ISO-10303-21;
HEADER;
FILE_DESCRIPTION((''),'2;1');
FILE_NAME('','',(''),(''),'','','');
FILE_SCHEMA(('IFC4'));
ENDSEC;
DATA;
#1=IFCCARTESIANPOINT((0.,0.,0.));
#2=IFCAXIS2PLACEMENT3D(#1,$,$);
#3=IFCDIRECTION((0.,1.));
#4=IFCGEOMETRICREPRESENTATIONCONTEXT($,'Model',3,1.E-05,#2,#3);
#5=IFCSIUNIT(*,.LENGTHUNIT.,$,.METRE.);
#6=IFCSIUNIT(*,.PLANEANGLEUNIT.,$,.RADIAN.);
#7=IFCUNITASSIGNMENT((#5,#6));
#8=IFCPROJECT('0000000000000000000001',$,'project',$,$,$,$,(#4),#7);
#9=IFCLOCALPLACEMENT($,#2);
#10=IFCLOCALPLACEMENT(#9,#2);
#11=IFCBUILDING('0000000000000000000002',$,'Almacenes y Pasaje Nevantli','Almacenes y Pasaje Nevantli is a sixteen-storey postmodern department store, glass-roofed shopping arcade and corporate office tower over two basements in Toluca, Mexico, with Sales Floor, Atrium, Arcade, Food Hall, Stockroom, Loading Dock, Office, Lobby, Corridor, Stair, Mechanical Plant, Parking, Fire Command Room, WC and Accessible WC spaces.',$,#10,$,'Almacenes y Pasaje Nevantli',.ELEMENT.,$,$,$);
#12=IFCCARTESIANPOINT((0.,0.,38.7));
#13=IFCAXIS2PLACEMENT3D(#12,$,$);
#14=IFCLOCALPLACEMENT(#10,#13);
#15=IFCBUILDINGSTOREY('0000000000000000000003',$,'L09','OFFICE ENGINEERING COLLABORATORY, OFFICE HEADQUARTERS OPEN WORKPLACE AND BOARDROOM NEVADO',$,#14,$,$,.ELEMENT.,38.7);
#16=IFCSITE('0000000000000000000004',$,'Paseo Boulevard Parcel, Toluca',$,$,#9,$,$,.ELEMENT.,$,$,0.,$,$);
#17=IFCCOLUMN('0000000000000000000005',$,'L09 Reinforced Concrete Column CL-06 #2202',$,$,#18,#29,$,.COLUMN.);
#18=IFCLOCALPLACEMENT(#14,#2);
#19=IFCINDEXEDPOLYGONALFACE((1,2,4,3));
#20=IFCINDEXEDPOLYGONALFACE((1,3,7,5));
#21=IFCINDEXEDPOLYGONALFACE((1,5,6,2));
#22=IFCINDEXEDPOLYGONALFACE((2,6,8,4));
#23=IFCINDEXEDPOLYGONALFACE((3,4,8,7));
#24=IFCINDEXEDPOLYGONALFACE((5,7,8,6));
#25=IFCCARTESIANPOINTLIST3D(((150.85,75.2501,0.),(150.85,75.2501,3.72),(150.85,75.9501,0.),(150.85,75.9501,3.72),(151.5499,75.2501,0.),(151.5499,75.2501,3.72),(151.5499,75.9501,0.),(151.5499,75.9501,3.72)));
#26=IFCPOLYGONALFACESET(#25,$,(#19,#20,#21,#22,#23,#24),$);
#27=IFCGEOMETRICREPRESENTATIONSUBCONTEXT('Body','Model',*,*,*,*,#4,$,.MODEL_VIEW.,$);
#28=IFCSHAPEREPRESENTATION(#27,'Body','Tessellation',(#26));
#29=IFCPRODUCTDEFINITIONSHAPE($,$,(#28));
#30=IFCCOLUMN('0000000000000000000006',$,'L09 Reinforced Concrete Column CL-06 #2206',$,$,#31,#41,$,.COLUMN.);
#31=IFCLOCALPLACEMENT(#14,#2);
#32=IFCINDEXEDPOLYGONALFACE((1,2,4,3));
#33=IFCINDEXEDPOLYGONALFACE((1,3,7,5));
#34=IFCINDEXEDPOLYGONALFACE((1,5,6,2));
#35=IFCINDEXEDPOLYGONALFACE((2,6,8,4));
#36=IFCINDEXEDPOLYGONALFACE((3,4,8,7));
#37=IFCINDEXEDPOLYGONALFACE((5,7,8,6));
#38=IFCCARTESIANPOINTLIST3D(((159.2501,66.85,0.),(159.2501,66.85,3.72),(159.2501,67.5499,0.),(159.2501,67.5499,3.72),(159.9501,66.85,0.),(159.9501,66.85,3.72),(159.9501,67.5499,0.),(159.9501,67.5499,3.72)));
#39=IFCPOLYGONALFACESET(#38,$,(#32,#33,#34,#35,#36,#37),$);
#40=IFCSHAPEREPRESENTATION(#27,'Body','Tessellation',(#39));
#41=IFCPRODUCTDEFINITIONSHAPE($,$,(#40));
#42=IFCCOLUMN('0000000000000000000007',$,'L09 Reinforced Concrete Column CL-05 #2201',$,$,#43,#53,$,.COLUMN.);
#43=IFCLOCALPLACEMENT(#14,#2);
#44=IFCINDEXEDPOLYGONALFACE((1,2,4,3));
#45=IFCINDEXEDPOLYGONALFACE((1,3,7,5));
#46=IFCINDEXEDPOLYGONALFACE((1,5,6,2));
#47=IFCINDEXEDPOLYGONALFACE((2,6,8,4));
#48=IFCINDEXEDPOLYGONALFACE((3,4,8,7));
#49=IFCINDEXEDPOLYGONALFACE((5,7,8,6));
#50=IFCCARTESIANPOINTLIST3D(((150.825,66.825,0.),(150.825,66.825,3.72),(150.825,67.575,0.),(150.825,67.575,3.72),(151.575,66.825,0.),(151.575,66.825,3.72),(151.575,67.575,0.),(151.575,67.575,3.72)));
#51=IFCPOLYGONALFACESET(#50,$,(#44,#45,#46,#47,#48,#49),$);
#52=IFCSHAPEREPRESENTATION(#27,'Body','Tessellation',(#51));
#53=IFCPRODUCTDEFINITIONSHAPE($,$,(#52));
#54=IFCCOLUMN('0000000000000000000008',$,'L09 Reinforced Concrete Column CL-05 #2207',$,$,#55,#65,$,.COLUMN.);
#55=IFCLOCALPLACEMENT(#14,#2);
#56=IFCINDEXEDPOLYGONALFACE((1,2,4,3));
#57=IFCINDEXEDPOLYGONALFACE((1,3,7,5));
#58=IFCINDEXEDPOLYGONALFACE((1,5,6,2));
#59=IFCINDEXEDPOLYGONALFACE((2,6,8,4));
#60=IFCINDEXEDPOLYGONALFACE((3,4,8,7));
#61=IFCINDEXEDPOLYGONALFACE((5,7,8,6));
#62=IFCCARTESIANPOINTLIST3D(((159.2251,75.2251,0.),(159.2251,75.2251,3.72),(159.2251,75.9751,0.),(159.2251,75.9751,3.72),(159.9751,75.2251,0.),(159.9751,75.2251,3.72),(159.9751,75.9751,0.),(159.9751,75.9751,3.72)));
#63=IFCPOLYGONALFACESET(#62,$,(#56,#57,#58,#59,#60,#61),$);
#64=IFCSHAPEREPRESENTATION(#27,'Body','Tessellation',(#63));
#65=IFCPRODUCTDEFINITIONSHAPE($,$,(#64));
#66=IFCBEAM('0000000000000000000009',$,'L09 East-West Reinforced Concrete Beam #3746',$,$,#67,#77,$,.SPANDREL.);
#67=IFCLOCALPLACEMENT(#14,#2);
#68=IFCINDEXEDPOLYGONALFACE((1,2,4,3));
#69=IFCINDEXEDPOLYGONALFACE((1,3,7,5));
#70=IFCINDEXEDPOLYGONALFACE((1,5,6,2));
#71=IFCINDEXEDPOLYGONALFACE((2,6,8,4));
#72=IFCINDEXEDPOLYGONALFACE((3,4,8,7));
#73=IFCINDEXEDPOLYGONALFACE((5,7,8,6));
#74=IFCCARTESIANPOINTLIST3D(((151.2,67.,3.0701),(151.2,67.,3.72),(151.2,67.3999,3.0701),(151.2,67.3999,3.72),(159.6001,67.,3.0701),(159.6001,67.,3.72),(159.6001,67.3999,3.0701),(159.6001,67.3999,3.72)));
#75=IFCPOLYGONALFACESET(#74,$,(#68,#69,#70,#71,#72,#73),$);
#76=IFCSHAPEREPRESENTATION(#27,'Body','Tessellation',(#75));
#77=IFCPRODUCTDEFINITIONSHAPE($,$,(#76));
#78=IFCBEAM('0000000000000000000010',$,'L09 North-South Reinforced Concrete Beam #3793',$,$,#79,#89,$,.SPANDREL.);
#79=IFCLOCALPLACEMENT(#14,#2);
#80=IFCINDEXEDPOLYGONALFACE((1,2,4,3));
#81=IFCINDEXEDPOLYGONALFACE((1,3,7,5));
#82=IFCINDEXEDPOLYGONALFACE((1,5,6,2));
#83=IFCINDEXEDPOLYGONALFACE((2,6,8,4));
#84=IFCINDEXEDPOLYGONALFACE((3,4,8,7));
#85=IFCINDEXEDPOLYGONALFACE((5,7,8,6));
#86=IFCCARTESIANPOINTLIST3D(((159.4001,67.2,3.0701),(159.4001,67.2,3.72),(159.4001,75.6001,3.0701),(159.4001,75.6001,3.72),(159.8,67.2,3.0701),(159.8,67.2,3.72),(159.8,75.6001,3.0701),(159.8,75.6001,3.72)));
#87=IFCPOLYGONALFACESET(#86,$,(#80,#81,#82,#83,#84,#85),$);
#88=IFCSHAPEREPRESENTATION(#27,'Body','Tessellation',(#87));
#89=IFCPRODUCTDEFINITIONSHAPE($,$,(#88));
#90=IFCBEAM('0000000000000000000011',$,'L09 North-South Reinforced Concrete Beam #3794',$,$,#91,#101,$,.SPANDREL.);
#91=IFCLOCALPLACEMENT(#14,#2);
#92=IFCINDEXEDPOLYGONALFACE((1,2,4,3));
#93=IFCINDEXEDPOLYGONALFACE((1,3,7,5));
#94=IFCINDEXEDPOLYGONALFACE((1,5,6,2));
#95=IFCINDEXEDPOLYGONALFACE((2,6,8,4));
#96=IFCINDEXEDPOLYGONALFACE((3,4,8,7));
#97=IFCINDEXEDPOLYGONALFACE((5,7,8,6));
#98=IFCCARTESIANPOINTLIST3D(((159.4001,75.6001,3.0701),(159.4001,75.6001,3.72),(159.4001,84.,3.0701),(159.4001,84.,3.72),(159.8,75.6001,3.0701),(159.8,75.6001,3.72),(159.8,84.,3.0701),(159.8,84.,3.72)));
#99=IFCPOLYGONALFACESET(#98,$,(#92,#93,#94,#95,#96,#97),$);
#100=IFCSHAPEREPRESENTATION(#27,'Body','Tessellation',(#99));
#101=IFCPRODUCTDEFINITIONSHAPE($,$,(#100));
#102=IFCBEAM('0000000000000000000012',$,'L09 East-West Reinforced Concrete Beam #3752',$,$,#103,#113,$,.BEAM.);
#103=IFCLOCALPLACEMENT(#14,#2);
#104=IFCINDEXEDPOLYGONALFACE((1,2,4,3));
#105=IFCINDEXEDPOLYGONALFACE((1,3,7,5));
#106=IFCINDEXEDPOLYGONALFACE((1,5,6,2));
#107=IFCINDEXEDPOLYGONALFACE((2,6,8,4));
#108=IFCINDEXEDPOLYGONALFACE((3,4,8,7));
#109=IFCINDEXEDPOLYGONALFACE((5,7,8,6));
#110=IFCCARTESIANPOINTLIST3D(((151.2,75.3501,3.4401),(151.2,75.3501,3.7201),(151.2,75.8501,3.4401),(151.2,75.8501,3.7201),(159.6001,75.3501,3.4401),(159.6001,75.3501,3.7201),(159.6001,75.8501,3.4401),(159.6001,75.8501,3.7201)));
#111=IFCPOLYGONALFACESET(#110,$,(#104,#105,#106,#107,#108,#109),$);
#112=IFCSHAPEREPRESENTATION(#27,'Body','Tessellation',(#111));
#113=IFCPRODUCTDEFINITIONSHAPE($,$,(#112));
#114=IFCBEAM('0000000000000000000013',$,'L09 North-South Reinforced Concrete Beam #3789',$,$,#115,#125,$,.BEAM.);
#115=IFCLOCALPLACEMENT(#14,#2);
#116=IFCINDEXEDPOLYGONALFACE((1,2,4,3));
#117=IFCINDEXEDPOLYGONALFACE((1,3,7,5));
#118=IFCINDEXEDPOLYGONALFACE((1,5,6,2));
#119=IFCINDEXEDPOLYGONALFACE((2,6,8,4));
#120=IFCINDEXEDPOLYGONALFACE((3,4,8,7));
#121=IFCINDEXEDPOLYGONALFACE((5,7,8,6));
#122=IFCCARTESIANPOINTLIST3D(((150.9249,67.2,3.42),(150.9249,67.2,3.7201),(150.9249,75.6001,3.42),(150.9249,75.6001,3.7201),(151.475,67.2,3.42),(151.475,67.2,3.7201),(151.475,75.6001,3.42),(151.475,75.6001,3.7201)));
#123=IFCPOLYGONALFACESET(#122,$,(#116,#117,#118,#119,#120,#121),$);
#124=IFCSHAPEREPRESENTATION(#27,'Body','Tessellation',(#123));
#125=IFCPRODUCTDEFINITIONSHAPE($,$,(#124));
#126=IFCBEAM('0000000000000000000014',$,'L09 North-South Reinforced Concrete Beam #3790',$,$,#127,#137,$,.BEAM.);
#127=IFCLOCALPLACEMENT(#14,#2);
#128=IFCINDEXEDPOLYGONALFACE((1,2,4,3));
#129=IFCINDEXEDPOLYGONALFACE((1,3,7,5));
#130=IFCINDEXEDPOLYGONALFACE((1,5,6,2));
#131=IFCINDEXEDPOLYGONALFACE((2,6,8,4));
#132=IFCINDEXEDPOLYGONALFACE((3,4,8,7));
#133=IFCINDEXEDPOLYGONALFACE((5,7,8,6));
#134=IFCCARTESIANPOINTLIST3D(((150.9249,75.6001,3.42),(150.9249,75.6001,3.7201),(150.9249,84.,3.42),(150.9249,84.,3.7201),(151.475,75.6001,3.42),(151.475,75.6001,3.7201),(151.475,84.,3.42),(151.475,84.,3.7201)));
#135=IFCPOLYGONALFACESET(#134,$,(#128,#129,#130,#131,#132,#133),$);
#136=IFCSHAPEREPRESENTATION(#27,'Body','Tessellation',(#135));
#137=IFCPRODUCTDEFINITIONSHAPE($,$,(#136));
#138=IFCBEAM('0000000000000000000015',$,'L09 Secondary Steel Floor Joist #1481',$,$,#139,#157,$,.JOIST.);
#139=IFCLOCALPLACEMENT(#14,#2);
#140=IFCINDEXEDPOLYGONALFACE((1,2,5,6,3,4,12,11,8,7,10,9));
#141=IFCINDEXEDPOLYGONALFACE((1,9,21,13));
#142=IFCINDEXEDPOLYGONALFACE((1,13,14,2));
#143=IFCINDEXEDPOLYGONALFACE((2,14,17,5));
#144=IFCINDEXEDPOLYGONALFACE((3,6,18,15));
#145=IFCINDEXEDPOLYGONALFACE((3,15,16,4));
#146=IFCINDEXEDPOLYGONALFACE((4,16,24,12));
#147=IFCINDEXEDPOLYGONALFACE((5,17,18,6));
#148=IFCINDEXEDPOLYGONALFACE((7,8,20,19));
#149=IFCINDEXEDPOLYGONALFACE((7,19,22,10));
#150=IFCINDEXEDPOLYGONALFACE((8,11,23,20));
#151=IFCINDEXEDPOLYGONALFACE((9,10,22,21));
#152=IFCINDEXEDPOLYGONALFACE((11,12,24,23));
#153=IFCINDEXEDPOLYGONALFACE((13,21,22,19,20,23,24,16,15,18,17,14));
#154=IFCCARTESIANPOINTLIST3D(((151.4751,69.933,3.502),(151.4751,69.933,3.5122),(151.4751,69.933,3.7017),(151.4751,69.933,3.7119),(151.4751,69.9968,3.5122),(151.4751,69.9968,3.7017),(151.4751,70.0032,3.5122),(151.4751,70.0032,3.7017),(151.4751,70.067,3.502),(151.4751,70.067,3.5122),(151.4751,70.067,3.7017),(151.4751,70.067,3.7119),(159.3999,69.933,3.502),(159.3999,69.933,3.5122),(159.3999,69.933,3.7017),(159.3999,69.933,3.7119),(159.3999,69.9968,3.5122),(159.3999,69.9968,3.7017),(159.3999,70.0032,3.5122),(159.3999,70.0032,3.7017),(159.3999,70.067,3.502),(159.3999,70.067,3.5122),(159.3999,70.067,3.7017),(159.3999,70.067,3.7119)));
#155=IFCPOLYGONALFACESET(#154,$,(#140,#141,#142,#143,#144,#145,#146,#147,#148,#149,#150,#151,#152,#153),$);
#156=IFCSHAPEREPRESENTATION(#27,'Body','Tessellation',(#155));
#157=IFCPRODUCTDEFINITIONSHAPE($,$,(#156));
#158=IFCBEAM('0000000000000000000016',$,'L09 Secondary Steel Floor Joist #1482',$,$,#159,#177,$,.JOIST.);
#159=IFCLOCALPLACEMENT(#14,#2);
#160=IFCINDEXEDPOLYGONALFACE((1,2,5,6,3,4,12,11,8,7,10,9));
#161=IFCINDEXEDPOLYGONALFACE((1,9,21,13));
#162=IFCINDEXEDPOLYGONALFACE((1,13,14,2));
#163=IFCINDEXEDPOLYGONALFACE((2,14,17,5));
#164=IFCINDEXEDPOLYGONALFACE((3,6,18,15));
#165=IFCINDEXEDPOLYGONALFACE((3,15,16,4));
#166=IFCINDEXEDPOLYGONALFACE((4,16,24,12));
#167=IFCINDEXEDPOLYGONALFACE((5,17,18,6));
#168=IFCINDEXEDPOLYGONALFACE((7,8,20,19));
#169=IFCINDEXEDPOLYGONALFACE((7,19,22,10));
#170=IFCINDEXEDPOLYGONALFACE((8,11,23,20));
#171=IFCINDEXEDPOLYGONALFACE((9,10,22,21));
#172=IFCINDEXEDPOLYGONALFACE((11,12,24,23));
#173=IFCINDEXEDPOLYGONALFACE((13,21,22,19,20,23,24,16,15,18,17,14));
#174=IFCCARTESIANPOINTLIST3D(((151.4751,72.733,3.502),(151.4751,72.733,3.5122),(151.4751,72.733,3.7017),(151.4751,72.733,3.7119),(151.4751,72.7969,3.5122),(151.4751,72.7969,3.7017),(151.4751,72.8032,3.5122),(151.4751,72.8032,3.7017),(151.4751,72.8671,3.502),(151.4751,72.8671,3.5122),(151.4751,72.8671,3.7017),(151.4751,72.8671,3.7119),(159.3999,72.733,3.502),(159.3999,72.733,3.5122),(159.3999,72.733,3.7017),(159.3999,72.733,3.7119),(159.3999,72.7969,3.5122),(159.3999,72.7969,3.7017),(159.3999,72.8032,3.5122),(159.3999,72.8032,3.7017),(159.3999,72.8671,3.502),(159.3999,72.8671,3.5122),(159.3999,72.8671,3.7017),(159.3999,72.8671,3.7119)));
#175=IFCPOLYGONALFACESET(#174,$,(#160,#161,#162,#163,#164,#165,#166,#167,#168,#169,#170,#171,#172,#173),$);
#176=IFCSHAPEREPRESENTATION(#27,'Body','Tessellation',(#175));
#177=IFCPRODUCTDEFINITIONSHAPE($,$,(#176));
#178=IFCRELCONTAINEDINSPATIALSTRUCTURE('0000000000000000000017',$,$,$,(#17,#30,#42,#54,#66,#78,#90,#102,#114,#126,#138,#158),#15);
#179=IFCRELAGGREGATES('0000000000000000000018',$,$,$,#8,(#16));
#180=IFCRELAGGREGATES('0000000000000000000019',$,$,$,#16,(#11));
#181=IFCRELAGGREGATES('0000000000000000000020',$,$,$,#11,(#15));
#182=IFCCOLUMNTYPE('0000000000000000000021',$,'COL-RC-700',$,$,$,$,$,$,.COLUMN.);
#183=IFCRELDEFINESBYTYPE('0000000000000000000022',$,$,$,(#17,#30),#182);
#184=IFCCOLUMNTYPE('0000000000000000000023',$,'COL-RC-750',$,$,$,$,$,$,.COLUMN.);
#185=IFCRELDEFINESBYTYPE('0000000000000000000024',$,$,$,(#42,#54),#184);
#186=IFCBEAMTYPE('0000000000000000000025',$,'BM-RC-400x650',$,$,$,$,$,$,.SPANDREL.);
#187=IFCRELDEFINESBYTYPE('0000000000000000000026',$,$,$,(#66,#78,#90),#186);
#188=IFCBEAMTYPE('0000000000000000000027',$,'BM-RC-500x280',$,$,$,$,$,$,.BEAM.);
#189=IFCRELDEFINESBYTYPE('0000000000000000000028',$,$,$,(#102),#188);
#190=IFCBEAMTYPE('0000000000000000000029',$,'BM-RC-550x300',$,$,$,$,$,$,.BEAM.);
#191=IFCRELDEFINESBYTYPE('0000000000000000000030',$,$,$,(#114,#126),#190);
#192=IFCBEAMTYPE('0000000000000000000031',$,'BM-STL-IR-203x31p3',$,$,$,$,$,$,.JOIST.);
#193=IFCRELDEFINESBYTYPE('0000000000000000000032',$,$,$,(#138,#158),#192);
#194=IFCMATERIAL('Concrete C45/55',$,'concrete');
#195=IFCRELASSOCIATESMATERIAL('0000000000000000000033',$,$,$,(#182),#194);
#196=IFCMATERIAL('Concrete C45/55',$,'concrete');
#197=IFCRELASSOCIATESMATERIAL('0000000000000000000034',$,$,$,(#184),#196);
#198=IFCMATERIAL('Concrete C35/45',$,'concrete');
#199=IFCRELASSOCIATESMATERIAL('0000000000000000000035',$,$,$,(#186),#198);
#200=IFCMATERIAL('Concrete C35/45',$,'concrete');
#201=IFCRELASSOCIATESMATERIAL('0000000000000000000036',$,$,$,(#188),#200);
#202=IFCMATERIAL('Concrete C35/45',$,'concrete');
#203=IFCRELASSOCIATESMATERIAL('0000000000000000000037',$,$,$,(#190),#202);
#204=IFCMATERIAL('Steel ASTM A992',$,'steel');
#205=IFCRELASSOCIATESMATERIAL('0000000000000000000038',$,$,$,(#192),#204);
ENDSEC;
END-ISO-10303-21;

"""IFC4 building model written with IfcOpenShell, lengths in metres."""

from ifc_helpers import new_model, si_unit, direction, frame, origin, origin_2d, place, context, subcontext, project, spatial, rectangle, i_section, extrude, material, material_profile, profile_set, type_object, element, save


model = new_model("IFC4")

# Units and contexts
model_context = context("Model", 3, precision=1e-05, world=origin(), true_north=direction((0.0, 1.0)))
body_context = subcontext(model_context, "Body", "Model", "MODEL_VIEW")
ifc_project = project(units=[si_unit("LENGTHUNIT", "METRE"), si_unit("PLANEANGLEUNIT", "RADIAN")], contexts=[model_context])

# Site, building, storey
site_placement = place(None, origin())
site = spatial("IfcSite", under=ifc_project, at=site_placement, Name="Paseo Boulevard Parcel, Toluca", CompositionType="ELEMENT", RefElevation=0.0)
building_placement = place(site_placement, origin())
building = spatial("IfcBuilding", under=site, at=building_placement, Name="Almacenes y Pasaje Nevantli", Description="Almacenes y Pasaje Nevantli is a sixteen-storey postmodern department store, glass-roofed shopping arcade and corporate office tower over two basements in Toluca, Mexico, with Sales Floor, Atrium, Arcade, Food Hall, Stockroom, Loading Dock, Office, Lobby, Corridor, Stair, Mechanical Plant, Parking, Fire Command Room, WC and Accessible WC spaces.", LongName="Almacenes y Pasaje Nevantli", CompositionType="ELEMENT")
storey_placement = place(building_placement, frame((0.0, 0.0, 38.7)))
storey = spatial("IfcBuildingStorey", under=building, at=storey_placement, Name="L09", Description="OFFICE ENGINEERING COLLABORATORY, OFFICE HEADQUARTERS OPEN WORKPLACE AND BOARDROOM NEVADO", CompositionType="ELEMENT", Elevation=38.7)

# Columns
ifc_material_1 = material(Name="Concrete C45/55", Category="concrete")
ifc_material_profile_1 = material_profile(ifc_material_1, rectangle(XDim=0.7, YDim=0.7, at=origin_2d()), Name="RC-COL-700x700")
ifc_profile_set_1 = profile_set([ifc_material_profile_1], Name="Concrete C45/55")
column_type_1 = type_object("IfcColumnType", Name="COL-RC-700", PredefinedType="COLUMN", material=ifc_profile_set_1)
for number, where, z_axis, x_axis, name in (
    (1, (151.2, 75.6001, 0.0), (0.0, 0.0, 1.0), (1.0, 0.0, 0.0), "L09 Reinforced Concrete Column CL-06 #2202"),
    (2, (159.6001, 67.2, 0.0), (0.0, 0.0, 1.0), (1.0, 0.0, 0.0), "L09 Reinforced Concrete Column CL-06 #2206"),
):
    element("IfcColumn", number, at=place(storey_placement, frame(where, z_axis=z_axis, x_axis=x_axis)), inside=storey, type_object=column_type_1, Name=name, PredefinedType="COLUMN", context=body_context, shape_type="SweptSolid", body=[
        extrude(rectangle(XDim=0.7, YDim=0.7, at=origin_2d()), origin(), (0.0, 0.0, 1.0), 3.72),
    ])
ifc_material_2 = material(Name="Concrete C45/55", Category="concrete")
ifc_material_profile_2 = material_profile(ifc_material_2, rectangle(XDim=0.75, YDim=0.75, at=origin_2d()), Name="RC-COL-750x750")
ifc_profile_set_2 = profile_set([ifc_material_profile_2], Name="Concrete C45/55")
column_type_2 = type_object("IfcColumnType", Name="COL-RC-750", PredefinedType="COLUMN", material=ifc_profile_set_2)
for number, where, z_axis, x_axis, name in (
    (3, (151.2, 67.2, 0.0), (0.0, 0.0, 1.0), (1.0, 0.0, 0.0), "L09 Reinforced Concrete Column CL-05 #2201"),
    (4, (159.6001, 75.6001, 0.0), (0.0, 0.0, 1.0), (1.0, 0.0, 0.0), "L09 Reinforced Concrete Column CL-05 #2207"),
):
    element("IfcColumn", number, at=place(storey_placement, frame(where, z_axis=z_axis, x_axis=x_axis)), inside=storey, type_object=column_type_2, Name=name, PredefinedType="COLUMN", context=body_context, shape_type="SweptSolid", body=[
        extrude(rectangle(XDim=0.75, YDim=0.75, at=origin_2d()), origin(), (0.0, 0.0, 1.0), 3.72),
    ])

# Beams
ifc_material_3 = material(Name="Concrete C35/45", Category="concrete")
ifc_material_profile_3 = material_profile(ifc_material_3, rectangle(XDim=0.3999, YDim=0.6499, at=origin_2d()), Name="RC-BM-400x650")
ifc_profile_set_3 = profile_set([ifc_material_profile_3], Name="Concrete C35/45")
beam_type_1 = type_object("IfcBeamType", Name="BM-RC-400x650", PredefinedType="SPANDREL", material=ifc_profile_set_3)
for number, where, z_axis, x_axis, name in (
    (5, (151.2, 67.2, 3.395), (1.0, 0.0, 0.0), (0.0, 1.0, 0.0), "L09 East-West Reinforced Concrete Beam #3746"),
    (6, (159.6001, 67.2, 3.395), (0.0, 1.0, 0.0), (-1.0, 0.0, 0.0), "L09 North-South Reinforced Concrete Beam #3793"),
):
    element("IfcBeam", number, at=place(storey_placement, frame(where, z_axis=z_axis, x_axis=x_axis)), inside=storey, type_object=beam_type_1, Name=name, PredefinedType="SPANDREL", context=body_context, shape_type="SweptSolid", body=[
        extrude(rectangle(XDim=0.3999, YDim=0.6499, at=origin_2d()), origin(), (0.0, 0.0, 1.0), 8.4001),
    ])
beam_1_placement = place(storey_placement, frame((159.6001, 75.6001, 3.395), z_axis=(0.0, 1.0, 0.0), x_axis=(-1.0, 0.0, 0.0)))
element("IfcBeam", 7, at=beam_1_placement, inside=storey, type_object=beam_type_1, Name="L09 North-South Reinforced Concrete Beam #3794", PredefinedType="SPANDREL", context=body_context, shape_type="SweptSolid", body=[
    extrude(rectangle(XDim=0.3999, YDim=0.6499, at=origin_2d()), origin(), (0.0, 0.0, 1.0), 8.3999),
])
ifc_material_4 = material(Name="Concrete C35/45", Category="concrete")
ifc_material_profile_4 = material_profile(ifc_material_4, rectangle(XDim=0.5, YDim=0.28, at=origin_2d()), Name="RC-BM-500x280")
ifc_profile_set_4 = profile_set([ifc_material_profile_4], Name="Concrete C35/45")
beam_type_2 = type_object("IfcBeamType", Name="BM-RC-500x280", PredefinedType="BEAM", material=ifc_profile_set_4)
beam_2_placement = place(storey_placement, frame((151.2, 75.6001, 3.5801), z_axis=(1.0, 0.0, 0.0), x_axis=(0.0, 1.0, 0.0)))
element("IfcBeam", 8, at=beam_2_placement, inside=storey, type_object=beam_type_2, Name="L09 East-West Reinforced Concrete Beam #3752", PredefinedType="BEAM", context=body_context, shape_type="SweptSolid", body=[
    extrude(rectangle(XDim=0.5, YDim=0.28, at=origin_2d()), origin(), (0.0, 0.0, 1.0), 8.4001),
])
ifc_material_5 = material(Name="Concrete C35/45", Category="concrete")
ifc_material_profile_5 = material_profile(ifc_material_5, rectangle(XDim=0.55, YDim=0.3, at=origin_2d()), Name="RC-BM-550x300")
ifc_profile_set_5 = profile_set([ifc_material_profile_5], Name="Concrete C35/45")
beam_type_3 = type_object("IfcBeamType", Name="BM-RC-550x300", PredefinedType="BEAM", material=ifc_profile_set_5)
beam_3_placement = place(storey_placement, frame((151.2, 67.2, 3.5701), z_axis=(0.0, 1.0, 0.0), x_axis=(-1.0, 0.0, 0.0)))
element("IfcBeam", 9, at=beam_3_placement, inside=storey, type_object=beam_type_3, Name="L09 North-South Reinforced Concrete Beam #3789", PredefinedType="BEAM", context=body_context, shape_type="SweptSolid", body=[
    extrude(rectangle(XDim=0.55, YDim=0.3, at=origin_2d()), origin(), (0.0, 0.0, 1.0), 8.4001),
])
beam_4_placement = place(storey_placement, frame((151.2, 75.6001, 3.5701), z_axis=(0.0, 1.0, 0.0), x_axis=(-1.0, 0.0, 0.0)))
element("IfcBeam", 10, at=beam_4_placement, inside=storey, type_object=beam_type_3, Name="L09 North-South Reinforced Concrete Beam #3790", PredefinedType="BEAM", context=body_context, shape_type="SweptSolid", body=[
    extrude(rectangle(XDim=0.55, YDim=0.3, at=origin_2d()), origin(), (0.0, 0.0, 1.0), 8.3999),
])
ifc_material_6 = material(Name="Steel ASTM A992", Category="steel")
ifc_material_profile_6 = material_profile(ifc_material_6, i_section(OverallWidth=0.134, OverallDepth=0.21, WebThickness=0.0063, FlangeThickness=0.0103, at=origin_2d()), Name="IR 203x31.3")
ifc_profile_set_6 = profile_set([ifc_material_profile_6], Name="Steel ASTM A992")
beam_type_4 = type_object("IfcBeamType", Name="BM-STL-IR-203x31p3", PredefinedType="JOIST", material=ifc_profile_set_6)
for number, where, z_axis, x_axis, name in (
    (11, (151.4751, 70.0, 3.6069), (1.0, 0.0, 0.0), (0.0, 1.0, 0.0), "L09 Secondary Steel Floor Joist #1481"),
    (12, (151.4751, 72.8, 3.6069), (1.0, 0.0, 0.0), (0.0, 1.0, 0.0), "L09 Secondary Steel Floor Joist #1482"),
):
    element("IfcBeam", number, at=place(storey_placement, frame(where, z_axis=z_axis, x_axis=x_axis)), inside=storey, type_object=beam_type_4, Name=name, PredefinedType="JOIST", context=body_context, shape_type="SweptSolid", body=[
        extrude(i_section(OverallWidth=0.134, OverallDepth=0.21, WebThickness=0.0063, FlangeThickness=0.0103, at=origin_2d()), origin(), (0.0, 0.0, 1.0), 7.9248),
    ])

save(model, "model.ifc")
